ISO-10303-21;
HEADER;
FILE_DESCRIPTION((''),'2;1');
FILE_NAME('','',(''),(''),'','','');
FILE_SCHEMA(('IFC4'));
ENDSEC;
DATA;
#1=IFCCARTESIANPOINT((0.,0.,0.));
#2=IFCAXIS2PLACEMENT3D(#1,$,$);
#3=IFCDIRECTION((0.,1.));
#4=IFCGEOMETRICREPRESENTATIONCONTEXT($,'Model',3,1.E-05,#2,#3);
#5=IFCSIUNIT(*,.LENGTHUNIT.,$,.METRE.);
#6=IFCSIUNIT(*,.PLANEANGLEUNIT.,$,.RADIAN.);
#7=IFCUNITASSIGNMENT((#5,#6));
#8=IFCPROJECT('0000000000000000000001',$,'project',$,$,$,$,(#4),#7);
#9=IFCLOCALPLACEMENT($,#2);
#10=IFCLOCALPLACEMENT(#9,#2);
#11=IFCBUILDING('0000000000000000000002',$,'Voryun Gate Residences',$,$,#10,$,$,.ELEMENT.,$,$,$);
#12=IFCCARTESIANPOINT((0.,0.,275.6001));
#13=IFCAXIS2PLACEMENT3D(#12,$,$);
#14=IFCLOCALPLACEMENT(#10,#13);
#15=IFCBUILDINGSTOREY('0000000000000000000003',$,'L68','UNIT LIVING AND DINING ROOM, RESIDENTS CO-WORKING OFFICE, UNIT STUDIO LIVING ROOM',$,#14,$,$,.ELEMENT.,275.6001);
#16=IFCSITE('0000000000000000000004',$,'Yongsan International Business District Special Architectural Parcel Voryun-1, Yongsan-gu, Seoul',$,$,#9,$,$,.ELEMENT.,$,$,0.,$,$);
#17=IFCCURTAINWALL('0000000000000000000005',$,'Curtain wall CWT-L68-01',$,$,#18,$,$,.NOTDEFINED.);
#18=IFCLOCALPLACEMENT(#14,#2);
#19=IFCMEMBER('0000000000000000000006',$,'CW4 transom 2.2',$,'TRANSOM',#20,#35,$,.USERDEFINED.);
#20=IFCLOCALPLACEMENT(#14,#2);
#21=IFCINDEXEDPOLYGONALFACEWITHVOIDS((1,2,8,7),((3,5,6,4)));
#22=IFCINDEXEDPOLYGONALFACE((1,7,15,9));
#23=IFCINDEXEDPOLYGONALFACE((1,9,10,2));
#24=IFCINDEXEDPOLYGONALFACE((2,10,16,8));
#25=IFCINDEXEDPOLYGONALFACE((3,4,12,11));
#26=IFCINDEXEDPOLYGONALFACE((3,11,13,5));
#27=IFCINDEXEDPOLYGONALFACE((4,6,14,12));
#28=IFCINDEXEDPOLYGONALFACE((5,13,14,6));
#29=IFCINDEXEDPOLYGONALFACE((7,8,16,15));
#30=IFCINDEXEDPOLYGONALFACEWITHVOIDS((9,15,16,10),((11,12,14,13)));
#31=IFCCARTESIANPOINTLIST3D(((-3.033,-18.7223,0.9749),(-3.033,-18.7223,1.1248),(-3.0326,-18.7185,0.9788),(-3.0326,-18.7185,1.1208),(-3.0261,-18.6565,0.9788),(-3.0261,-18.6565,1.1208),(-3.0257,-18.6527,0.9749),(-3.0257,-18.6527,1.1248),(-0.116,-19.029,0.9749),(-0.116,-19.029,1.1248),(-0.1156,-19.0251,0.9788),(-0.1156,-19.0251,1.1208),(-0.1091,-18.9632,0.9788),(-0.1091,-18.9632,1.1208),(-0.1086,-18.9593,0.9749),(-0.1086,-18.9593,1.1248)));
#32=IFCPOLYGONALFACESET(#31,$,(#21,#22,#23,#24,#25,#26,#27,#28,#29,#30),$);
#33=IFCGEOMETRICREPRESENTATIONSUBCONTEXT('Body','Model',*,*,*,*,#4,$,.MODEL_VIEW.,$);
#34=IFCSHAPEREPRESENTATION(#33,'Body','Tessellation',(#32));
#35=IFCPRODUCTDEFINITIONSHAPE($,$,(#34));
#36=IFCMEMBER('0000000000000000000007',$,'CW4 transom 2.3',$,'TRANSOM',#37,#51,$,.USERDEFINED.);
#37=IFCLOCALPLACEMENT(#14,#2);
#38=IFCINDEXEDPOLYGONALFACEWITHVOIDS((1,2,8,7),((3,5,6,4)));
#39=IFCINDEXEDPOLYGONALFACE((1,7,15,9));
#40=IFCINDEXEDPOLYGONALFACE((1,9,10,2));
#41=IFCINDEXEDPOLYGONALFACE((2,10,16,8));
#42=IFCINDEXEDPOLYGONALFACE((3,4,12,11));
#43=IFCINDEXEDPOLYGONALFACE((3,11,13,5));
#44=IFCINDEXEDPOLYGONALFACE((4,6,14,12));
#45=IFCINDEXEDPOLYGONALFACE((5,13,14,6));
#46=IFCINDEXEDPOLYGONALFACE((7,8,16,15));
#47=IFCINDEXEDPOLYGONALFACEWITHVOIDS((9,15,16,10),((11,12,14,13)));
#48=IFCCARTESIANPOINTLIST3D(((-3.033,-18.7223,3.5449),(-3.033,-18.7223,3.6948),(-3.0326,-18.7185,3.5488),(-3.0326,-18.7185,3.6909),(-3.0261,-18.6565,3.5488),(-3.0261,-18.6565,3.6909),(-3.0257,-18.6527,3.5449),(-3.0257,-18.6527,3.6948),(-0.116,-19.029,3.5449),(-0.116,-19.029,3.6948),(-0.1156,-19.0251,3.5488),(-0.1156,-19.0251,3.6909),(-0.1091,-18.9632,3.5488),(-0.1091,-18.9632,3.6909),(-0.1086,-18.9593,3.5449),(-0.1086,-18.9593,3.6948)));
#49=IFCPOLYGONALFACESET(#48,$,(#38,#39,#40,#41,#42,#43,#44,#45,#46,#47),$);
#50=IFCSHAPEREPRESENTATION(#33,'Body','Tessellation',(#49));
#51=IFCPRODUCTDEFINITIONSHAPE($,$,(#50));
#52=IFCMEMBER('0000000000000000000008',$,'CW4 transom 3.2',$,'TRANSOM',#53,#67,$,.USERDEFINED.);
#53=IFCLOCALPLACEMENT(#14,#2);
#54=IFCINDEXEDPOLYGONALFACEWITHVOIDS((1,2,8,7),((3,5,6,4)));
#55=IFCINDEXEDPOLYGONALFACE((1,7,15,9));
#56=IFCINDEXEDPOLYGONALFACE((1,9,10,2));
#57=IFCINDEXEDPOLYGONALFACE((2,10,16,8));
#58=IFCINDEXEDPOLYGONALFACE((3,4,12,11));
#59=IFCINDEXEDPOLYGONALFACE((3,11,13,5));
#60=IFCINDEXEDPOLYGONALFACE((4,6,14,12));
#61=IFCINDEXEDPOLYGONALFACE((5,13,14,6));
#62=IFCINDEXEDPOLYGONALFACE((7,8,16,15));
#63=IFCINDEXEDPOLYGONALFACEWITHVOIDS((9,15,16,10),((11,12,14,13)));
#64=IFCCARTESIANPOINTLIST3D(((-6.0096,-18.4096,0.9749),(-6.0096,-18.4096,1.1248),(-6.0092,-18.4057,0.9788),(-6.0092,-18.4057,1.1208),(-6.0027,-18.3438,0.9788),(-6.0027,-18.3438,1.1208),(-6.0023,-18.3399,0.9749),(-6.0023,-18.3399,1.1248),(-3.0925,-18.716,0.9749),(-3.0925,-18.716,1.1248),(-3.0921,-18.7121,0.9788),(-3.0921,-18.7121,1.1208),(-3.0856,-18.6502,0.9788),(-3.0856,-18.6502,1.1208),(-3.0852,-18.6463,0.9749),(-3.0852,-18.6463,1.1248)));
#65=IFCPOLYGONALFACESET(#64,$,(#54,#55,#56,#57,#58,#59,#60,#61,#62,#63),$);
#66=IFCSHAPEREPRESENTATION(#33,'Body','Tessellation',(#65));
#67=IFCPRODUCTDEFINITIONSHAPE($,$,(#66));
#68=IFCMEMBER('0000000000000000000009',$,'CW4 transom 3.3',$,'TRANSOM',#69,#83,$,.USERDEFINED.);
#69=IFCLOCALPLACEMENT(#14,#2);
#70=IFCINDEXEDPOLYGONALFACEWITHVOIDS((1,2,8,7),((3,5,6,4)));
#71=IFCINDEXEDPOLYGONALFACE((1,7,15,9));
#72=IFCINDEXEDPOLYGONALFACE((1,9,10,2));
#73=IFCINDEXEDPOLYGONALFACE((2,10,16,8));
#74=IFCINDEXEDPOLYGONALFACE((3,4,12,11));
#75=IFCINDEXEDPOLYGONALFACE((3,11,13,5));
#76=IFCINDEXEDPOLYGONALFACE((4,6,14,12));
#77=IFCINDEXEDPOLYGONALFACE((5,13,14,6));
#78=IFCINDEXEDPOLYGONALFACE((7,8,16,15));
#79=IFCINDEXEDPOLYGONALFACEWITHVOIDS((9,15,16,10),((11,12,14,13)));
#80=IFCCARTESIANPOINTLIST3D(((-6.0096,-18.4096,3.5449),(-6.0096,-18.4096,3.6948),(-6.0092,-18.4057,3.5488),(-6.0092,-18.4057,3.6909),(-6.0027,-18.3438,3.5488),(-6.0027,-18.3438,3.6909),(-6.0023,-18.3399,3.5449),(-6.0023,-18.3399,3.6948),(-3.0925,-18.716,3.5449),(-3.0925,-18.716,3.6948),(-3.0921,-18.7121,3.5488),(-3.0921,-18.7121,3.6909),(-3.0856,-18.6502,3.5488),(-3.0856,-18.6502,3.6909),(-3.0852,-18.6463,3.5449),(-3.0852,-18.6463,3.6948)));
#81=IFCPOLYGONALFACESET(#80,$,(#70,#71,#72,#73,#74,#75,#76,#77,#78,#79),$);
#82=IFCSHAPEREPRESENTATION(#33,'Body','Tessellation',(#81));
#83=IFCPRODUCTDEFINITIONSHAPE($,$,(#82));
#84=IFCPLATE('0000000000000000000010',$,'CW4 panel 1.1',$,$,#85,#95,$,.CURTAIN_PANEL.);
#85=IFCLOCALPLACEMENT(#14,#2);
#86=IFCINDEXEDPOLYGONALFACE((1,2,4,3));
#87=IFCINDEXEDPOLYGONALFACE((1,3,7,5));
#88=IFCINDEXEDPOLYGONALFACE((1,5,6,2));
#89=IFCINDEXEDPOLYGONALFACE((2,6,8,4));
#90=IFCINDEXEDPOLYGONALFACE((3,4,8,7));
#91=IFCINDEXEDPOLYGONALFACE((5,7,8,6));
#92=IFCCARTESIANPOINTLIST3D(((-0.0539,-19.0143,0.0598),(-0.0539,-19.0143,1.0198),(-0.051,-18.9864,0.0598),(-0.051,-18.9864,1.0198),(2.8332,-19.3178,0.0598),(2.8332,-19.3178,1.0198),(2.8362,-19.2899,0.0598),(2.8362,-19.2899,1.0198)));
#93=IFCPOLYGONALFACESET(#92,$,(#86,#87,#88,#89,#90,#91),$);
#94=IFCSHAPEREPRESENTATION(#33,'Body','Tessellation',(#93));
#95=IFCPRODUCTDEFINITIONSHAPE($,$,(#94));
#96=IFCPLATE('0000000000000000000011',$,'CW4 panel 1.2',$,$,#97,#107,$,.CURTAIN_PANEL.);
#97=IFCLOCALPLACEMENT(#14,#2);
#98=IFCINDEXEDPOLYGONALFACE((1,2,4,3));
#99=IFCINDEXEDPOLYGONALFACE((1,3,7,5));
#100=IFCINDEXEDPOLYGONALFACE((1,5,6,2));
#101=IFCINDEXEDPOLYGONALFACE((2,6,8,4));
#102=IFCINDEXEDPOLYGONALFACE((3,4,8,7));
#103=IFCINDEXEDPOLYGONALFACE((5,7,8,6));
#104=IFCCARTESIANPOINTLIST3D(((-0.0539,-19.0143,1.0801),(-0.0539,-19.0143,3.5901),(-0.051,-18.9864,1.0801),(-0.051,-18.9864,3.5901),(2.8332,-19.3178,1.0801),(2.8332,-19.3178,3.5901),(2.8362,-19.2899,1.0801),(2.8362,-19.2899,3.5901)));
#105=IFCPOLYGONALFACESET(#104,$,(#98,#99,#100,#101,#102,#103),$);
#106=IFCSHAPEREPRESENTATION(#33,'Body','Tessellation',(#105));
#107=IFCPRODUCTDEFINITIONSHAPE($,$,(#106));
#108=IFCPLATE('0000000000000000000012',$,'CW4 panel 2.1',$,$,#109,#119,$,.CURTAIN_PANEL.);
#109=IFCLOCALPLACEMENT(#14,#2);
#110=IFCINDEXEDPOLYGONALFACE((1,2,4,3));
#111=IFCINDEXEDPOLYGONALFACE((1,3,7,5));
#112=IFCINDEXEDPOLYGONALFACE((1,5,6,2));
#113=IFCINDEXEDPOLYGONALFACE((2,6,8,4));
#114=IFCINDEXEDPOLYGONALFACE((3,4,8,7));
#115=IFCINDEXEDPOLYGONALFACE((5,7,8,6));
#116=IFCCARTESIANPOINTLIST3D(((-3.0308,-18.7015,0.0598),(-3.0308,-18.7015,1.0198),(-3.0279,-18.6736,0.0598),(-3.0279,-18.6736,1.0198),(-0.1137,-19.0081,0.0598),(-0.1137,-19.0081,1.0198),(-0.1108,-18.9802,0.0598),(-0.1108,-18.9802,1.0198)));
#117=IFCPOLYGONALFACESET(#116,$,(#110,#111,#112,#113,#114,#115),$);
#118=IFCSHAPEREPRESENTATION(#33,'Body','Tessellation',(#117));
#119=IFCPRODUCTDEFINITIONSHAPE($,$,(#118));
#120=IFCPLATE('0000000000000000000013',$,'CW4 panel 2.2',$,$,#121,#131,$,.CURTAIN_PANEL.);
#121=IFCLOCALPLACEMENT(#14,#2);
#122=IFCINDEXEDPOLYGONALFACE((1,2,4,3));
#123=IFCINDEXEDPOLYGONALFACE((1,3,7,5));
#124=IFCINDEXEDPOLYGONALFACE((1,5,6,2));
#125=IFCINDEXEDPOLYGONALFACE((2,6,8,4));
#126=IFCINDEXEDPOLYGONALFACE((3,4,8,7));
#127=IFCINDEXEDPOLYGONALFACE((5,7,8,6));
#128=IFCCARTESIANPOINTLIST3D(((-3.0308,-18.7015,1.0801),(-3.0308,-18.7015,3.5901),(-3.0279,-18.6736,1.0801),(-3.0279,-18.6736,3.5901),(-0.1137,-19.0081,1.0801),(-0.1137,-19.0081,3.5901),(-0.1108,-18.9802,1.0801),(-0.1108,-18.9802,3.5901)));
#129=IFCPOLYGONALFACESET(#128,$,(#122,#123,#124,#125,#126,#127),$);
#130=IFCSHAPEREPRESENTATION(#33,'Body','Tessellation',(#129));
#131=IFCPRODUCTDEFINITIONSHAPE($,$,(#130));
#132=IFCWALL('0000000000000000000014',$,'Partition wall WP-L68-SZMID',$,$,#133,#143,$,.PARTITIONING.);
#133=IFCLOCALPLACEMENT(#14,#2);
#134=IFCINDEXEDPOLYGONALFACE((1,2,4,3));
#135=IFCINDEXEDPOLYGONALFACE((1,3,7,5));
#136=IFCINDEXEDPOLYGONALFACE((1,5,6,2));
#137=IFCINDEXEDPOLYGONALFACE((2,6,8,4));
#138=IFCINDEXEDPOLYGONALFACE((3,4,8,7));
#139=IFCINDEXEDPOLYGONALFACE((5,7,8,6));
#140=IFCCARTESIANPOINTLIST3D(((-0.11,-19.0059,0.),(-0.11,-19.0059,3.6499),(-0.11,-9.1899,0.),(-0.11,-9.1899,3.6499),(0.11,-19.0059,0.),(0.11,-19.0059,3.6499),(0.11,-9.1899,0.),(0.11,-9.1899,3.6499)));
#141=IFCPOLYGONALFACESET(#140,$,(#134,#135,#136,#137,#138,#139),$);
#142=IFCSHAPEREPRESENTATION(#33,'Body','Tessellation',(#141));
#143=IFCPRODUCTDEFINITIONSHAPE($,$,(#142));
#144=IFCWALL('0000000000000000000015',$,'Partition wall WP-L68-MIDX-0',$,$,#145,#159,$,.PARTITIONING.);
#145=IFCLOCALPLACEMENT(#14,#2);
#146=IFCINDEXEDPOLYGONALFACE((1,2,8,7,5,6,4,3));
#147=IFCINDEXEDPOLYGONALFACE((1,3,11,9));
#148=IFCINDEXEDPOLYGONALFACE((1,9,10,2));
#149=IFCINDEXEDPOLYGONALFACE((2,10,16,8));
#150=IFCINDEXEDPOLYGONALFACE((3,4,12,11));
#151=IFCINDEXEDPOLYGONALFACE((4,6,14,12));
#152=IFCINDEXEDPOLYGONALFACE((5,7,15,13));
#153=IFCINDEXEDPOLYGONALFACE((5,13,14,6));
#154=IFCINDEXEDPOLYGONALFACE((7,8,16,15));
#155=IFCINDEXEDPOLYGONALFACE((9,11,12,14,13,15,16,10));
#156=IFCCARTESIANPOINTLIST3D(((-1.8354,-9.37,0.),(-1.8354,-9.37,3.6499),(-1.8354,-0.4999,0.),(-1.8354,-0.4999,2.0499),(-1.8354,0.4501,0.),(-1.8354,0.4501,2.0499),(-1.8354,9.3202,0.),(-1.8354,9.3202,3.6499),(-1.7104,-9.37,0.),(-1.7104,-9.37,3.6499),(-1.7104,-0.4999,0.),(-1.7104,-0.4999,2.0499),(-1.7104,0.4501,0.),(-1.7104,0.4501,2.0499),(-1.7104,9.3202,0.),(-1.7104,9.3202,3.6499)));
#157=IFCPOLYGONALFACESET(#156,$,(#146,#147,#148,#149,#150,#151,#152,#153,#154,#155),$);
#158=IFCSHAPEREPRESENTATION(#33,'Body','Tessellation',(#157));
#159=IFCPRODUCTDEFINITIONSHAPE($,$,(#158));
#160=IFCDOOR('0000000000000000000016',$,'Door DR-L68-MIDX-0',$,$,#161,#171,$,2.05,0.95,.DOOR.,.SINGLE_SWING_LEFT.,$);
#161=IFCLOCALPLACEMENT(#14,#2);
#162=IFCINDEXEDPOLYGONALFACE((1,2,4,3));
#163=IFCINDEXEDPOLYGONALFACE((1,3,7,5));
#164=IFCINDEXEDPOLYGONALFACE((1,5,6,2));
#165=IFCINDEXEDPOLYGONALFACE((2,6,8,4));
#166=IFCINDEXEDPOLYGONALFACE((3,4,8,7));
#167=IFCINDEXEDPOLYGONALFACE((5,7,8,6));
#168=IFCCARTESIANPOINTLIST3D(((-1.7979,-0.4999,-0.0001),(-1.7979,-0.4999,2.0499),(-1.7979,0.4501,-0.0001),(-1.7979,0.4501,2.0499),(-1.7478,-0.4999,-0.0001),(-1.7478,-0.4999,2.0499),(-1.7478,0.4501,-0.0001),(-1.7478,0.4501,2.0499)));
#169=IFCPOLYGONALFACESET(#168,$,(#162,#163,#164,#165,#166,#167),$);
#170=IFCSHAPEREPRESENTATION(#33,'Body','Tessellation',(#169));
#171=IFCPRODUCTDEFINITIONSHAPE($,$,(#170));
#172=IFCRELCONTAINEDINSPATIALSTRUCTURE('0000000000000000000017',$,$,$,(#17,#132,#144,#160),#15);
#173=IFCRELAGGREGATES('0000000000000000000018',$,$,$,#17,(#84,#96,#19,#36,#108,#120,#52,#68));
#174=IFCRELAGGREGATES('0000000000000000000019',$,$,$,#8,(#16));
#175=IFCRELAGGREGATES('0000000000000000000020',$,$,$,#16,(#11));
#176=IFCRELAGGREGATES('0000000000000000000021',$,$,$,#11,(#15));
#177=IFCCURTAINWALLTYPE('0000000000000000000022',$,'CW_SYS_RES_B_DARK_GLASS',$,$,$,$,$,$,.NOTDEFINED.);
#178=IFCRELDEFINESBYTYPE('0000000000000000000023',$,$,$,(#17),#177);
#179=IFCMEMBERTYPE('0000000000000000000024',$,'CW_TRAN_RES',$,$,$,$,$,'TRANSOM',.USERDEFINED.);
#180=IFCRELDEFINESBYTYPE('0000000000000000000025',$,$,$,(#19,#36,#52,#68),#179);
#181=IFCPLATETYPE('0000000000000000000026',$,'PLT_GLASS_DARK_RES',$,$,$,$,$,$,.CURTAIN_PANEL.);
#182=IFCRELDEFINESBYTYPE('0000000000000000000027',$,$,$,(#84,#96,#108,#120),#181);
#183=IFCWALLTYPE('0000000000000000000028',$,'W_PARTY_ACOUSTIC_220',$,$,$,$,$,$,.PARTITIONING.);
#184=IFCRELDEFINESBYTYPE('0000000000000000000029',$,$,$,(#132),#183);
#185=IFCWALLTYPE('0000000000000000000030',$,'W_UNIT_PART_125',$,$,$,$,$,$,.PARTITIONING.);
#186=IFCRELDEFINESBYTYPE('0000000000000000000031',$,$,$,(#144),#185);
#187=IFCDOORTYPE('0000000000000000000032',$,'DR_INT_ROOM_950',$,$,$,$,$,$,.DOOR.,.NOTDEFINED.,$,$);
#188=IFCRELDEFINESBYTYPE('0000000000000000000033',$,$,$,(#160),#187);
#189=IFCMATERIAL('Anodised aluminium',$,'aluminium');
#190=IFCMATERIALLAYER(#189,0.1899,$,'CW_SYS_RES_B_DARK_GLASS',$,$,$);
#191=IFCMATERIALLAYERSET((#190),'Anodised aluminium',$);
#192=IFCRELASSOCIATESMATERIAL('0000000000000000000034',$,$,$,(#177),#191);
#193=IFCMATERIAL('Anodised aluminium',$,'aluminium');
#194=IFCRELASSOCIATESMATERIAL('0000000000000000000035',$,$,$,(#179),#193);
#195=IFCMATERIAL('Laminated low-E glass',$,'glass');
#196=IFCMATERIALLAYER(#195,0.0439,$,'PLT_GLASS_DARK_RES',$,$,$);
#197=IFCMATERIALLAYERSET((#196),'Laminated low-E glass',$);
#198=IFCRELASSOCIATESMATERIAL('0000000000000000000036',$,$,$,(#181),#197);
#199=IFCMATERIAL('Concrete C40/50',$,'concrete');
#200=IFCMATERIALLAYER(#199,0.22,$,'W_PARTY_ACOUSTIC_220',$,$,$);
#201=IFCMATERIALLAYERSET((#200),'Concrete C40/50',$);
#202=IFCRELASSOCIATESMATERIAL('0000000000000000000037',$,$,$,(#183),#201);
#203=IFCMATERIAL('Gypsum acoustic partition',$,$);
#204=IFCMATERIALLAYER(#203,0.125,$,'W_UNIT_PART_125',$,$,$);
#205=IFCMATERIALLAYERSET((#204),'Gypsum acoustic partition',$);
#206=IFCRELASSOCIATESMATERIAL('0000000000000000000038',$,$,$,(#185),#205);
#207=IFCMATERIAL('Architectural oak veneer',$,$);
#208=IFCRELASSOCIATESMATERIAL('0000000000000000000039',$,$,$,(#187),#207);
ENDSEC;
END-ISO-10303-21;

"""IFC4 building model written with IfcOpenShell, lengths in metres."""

from ifc_helpers import new_model, si_unit, direction, frame, frame_2d, origin, origin_2d, place, context, subcontext, project, spatial, rectangle, hollow_rectangle, extrude, material, layer, layer_set, material_profile, profile_set, type_object, element, fill, aggregate, save


model = new_model("IFC4")

# Units and contexts
model_context = context("Model", 3, precision=1e-05, world=origin(), true_north=direction((0.0, 1.0)))
body_context = subcontext(model_context, "Body", "Model", "MODEL_VIEW")
ifc_project = project(units=[si_unit("LENGTHUNIT", "METRE"), si_unit("PLANEANGLEUNIT", "RADIAN")], contexts=[model_context])

# Site, building, storey
site_placement = place(None, origin())
site = spatial("IfcSite", under=ifc_project, at=site_placement, Name="Yongsan International Business District Special Architectural Parcel Voryun-1, Yongsan-gu, Seoul", CompositionType="ELEMENT", RefElevation=0.0)
building_placement = place(site_placement, origin())
building = spatial("IfcBuilding", under=site, at=building_placement, Name="Voryun Gate Residences", CompositionType="ELEMENT")
storey_placement = place(building_placement, frame((0.0, 0.0, 275.6001)))
storey = spatial("IfcBuildingStorey", under=building, at=storey_placement, Name="L68", Description="UNIT LIVING AND DINING ROOM, RESIDENTS CO-WORKING OFFICE, UNIT STUDIO LIVING ROOM", CompositionType="ELEMENT", Elevation=275.6001)

# Curtain wall, members, plates
ifc_material_1 = material(Name="Anodised aluminium", Category="aluminium")
ifc_layer_1 = layer(ifc_material_1, 0.1899, Name="CW_SYS_RES_B_DARK_GLASS")
ifc_layer_set_1 = layer_set([ifc_layer_1], Name="Anodised aluminium")
curtain_wall_type = type_object("IfcCurtainWallType", Name="CW_SYS_RES_B_DARK_GLASS", PredefinedType="NOTDEFINED", material=ifc_layer_set_1)
curtain_wall_placement = place(storey_placement, origin())
curtain_wall = element("IfcCurtainWall", 1, at=curtain_wall_placement, inside=storey, type_object=curtain_wall_type, Name="Curtain wall CWT-L68-01", PredefinedType="NOTDEFINED")
ifc_material_2 = material(Name="Anodised aluminium", Category="aluminium")
ifc_material_profile_1 = material_profile(ifc_material_2, hollow_rectangle(XDim=0.0701, YDim=0.1499, WallThickness=0.0039, at=origin_2d()), Name="ALU-TRAN-150x70x4")
ifc_profile_set_1 = profile_set([ifc_material_profile_1], Name="Anodised aluminium")
member_type_1 = type_object("IfcMemberType", Name="CW_TRAN_RES", ElementType="TRANSOM", PredefinedType="USERDEFINED", material=ifc_profile_set_1)
member_1_placement = place(storey_placement, frame((-0.1123, -18.9941, 1.0498), z_axis=(-0.99452, 0.104546, 0.0), x_axis=(-0.104546, -0.99452, 0.0)))
member_1 = element("IfcMember", 2, at=member_1_placement, type_object=member_type_1, Name="CW4 transom 2.2", ObjectType="TRANSOM", PredefinedType="USERDEFINED", context=body_context, shape_type="SweptSolid", body=[
    extrude(hollow_rectangle(XDim=0.0701, YDim=0.1499, WallThickness=0.0039, at=origin_2d()), origin(), (0.0, 0.0, 1.0), 2.9331),
])
member_2_placement = place(storey_placement, frame((-0.1123, -18.9941, 3.6199), z_axis=(-0.99452, 0.104546, 0.0), x_axis=(-0.104546, -0.99452, 0.0)))
member_2 = element("IfcMember", 3, at=member_2_placement, type_object=member_type_1, Name="CW4 transom 2.3", ObjectType="TRANSOM", PredefinedType="USERDEFINED", context=body_context, shape_type="SweptSolid", body=[
    extrude(hollow_rectangle(XDim=0.0701, YDim=0.1499, WallThickness=0.0039, at=origin_2d()), origin(), (0.0, 0.0, 1.0), 2.9331),
])
member_3_placement = place(storey_placement, frame((-3.0889, -18.6812, 1.0498), z_axis=(-0.994529, 0.104464, 0.0), x_axis=(-0.104464, -0.994529, 0.0)))
member_3 = element("IfcMember", 4, at=member_3_placement, type_object=member_type_1, Name="CW4 transom 3.2", ObjectType="TRANSOM", PredefinedType="USERDEFINED", context=body_context, shape_type="SweptSolid", body=[
    extrude(hollow_rectangle(XDim=0.0701, YDim=0.1499, WallThickness=0.0039, at=origin_2d()), origin(), (0.0, 0.0, 1.0), 2.9331),
])
member_4_placement = place(storey_placement, frame((-3.0889, -18.6812, 3.6199), z_axis=(-0.994529, 0.104464, 0.0), x_axis=(-0.104464, -0.994529, 0.0)))
member_4 = element("IfcMember", 5, at=member_4_placement, type_object=member_type_1, Name="CW4 transom 3.3", ObjectType="TRANSOM", PredefinedType="USERDEFINED", context=body_context, shape_type="SweptSolid", body=[
    extrude(hollow_rectangle(XDim=0.0701, YDim=0.1499, WallThickness=0.0039, at=origin_2d()), origin(), (0.0, 0.0, 1.0), 2.9331),
])
ifc_material_3 = material(Name="Laminated low-E glass", Category="glass")
ifc_layer_2 = layer(ifc_material_3, 0.0439, Name="PLT_GLASS_DARK_RES")
ifc_layer_set_2 = layer_set([ifc_layer_2], Name="Laminated low-E glass")
plate_type = type_object("IfcPlateType", Name="PLT_GLASS_DARK_RES", PredefinedType="CURTAIN_PANEL", material=ifc_layer_set_2)
plate_1_placement = place(storey_placement, frame((1.3911, -19.1521, 0.0598), z_axis=(0.0, 0.0, 1.0), x_axis=(-0.994522, 0.104529, 0.0)))
plate_1 = element("IfcPlate", 6, at=plate_1_placement, type_object=plate_type, Name="CW4 panel 1.1", PredefinedType="CURTAIN_PANEL", context=body_context, shape_type="SweptSolid", body=[
    extrude(rectangle(XDim=2.9031, YDim=0.0281, at=origin_2d()), origin(), (0.0, 0.0, 1.0), 0.96),
])
plate_2_placement = place(storey_placement, frame((1.3911, -19.1521, 1.0801), z_axis=(0.0, 0.0, 1.0), x_axis=(-0.994522, 0.104529, 0.0)))
plate_2 = element("IfcPlate", 7, at=plate_2_placement, type_object=plate_type, Name="CW4 panel 1.2", PredefinedType="CURTAIN_PANEL", context=body_context, shape_type="SweptSolid", body=[
    extrude(rectangle(XDim=2.9031, YDim=0.0281, at=origin_2d()), origin(), (0.0, 0.0, 1.0), 2.51),
])
plate_3_placement = place(storey_placement, frame((-1.5708, -18.8408, 0.0598), z_axis=(0.0, 0.0, 1.0), x_axis=(-0.994522, 0.104529, 0.0)))
plate_3 = element("IfcPlate", 8, at=plate_3_placement, type_object=plate_type, Name="CW4 panel 2.1", PredefinedType="CURTAIN_PANEL", context=body_context, shape_type="SweptSolid", body=[
    extrude(rectangle(XDim=2.9331, YDim=0.0281, at=origin_2d()), origin(), (0.0, 0.0, 1.0), 0.96),
])
plate_4_placement = place(storey_placement, frame((-1.5708, -18.8408, 1.0801), z_axis=(0.0, 0.0, 1.0), x_axis=(-0.994522, 0.104529, 0.0)))
plate_4 = element("IfcPlate", 9, at=plate_4_placement, type_object=plate_type, Name="CW4 panel 2.2", PredefinedType="CURTAIN_PANEL", context=body_context, shape_type="SweptSolid", body=[
    extrude(rectangle(XDim=2.9331, YDim=0.0281, at=origin_2d()), origin(), (0.0, 0.0, 1.0), 2.51),
])
aggregate(curtain_wall, [plate_1, plate_2, member_1, member_2, plate_3, plate_4, member_3, member_4])

# Wall
ifc_material_4 = material(Name="Concrete C40/50", Category="concrete")
ifc_layer_3 = layer(ifc_material_4, 0.22, Name="W_PARTY_ACOUSTIC_220")
ifc_layer_set_3 = layer_set([ifc_layer_3], Name="Concrete C40/50")
wall_type_1 = type_object("IfcWallType", Name="W_PARTY_ACOUSTIC_220", PredefinedType="PARTITIONING", material=ifc_layer_set_3)
wall_1_placement = place(storey_placement, frame((0.0, -19.0059, 0.0), z_axis=(0.0, 0.0, 1.0), x_axis=(0.0, 1.0, 0.0)))
element("IfcWall", 10, at=wall_1_placement, inside=storey, type_object=wall_type_1, Name="Partition wall WP-L68-SZMID", PredefinedType="PARTITIONING", context=body_context, shape_type="SweptSolid", body=[
    extrude(rectangle(XDim=9.8159, YDim=0.22, at=frame_2d((4.908, 0.0))), origin(), (0.0, 0.0, 1.0), 3.6499),
])

# Wall, opening, door
ifc_material_5 = material(Name="Gypsum acoustic partition")
ifc_layer_4 = layer(ifc_material_5, 0.125, Name="W_UNIT_PART_125")
ifc_layer_set_4 = layer_set([ifc_layer_4], Name="Gypsum acoustic partition")
wall_type_2 = type_object("IfcWallType", Name="W_UNIT_PART_125", PredefinedType="PARTITIONING", material=ifc_layer_set_4)
wall_2_placement = place(storey_placement, frame((-1.7729, -9.3701, 0.0), z_axis=(0.0, 0.0, 1.0), x_axis=(0.0, 1.0, 0.0)))
wall_2 = element("IfcWall", 11, at=wall_2_placement, inside=storey, type_object=wall_type_2, Name="Partition wall WP-L68-MIDX-0", PredefinedType="PARTITIONING", context=body_context, shape_type="SweptSolid", body=[
    extrude(rectangle(XDim=18.6902, YDim=0.125, at=frame_2d((9.3452, 0.0))), origin(), (0.0, 0.0, 1.0), 3.6499),
])
opening_1_placement = place(wall_2_placement, frame((8.8701, 0.0, 0.0)))
opening_1 = element("IfcOpeningElement", 12, at=opening_1_placement, cuts=wall_2, PredefinedType="OPENING", context=body_context, shape_type="SweptSolid", body=[
    extrude(rectangle(XDim=0.95, YDim=2.05, at=frame_2d((0.4751, 1.0249))), frame((0.0, 0.0725, 0.0), z_axis=(0.0, -1.0, 0.0), x_axis=(1.0, 0.0, 0.0)), (0.0, 0.0, 1.0), 0.145),
])
ifc_material_6 = material(Name="Architectural oak veneer")
door_type_1 = type_object("IfcDoorType", Name="DR_INT_ROOM_950", OperationType="NOTDEFINED", PredefinedType="DOOR", material=ifc_material_6)
door_1_placement = place(opening_1_placement, origin())
door_1 = element("IfcDoor", 13, at=door_1_placement, inside=storey, type_object=door_type_1, Name="Door DR-L68-MIDX-0", OperationType="SINGLE_SWING_LEFT", OverallHeight=2.05, OverallWidth=0.95, PredefinedType="DOOR", context=body_context, shape_type="SweptSolid", body=[
    extrude(rectangle(XDim=0.95, YDim=2.05, at=frame_2d((0.4751, 1.0249))), frame((0.0, 0.0249, 0.0), z_axis=(0.0, -1.0, 0.0), x_axis=(1.0, 0.0, 0.0)), (0.0, 0.0, 1.0), 0.05),
])
fill(opening_1, door_1)

save(model, "model.ifc")
